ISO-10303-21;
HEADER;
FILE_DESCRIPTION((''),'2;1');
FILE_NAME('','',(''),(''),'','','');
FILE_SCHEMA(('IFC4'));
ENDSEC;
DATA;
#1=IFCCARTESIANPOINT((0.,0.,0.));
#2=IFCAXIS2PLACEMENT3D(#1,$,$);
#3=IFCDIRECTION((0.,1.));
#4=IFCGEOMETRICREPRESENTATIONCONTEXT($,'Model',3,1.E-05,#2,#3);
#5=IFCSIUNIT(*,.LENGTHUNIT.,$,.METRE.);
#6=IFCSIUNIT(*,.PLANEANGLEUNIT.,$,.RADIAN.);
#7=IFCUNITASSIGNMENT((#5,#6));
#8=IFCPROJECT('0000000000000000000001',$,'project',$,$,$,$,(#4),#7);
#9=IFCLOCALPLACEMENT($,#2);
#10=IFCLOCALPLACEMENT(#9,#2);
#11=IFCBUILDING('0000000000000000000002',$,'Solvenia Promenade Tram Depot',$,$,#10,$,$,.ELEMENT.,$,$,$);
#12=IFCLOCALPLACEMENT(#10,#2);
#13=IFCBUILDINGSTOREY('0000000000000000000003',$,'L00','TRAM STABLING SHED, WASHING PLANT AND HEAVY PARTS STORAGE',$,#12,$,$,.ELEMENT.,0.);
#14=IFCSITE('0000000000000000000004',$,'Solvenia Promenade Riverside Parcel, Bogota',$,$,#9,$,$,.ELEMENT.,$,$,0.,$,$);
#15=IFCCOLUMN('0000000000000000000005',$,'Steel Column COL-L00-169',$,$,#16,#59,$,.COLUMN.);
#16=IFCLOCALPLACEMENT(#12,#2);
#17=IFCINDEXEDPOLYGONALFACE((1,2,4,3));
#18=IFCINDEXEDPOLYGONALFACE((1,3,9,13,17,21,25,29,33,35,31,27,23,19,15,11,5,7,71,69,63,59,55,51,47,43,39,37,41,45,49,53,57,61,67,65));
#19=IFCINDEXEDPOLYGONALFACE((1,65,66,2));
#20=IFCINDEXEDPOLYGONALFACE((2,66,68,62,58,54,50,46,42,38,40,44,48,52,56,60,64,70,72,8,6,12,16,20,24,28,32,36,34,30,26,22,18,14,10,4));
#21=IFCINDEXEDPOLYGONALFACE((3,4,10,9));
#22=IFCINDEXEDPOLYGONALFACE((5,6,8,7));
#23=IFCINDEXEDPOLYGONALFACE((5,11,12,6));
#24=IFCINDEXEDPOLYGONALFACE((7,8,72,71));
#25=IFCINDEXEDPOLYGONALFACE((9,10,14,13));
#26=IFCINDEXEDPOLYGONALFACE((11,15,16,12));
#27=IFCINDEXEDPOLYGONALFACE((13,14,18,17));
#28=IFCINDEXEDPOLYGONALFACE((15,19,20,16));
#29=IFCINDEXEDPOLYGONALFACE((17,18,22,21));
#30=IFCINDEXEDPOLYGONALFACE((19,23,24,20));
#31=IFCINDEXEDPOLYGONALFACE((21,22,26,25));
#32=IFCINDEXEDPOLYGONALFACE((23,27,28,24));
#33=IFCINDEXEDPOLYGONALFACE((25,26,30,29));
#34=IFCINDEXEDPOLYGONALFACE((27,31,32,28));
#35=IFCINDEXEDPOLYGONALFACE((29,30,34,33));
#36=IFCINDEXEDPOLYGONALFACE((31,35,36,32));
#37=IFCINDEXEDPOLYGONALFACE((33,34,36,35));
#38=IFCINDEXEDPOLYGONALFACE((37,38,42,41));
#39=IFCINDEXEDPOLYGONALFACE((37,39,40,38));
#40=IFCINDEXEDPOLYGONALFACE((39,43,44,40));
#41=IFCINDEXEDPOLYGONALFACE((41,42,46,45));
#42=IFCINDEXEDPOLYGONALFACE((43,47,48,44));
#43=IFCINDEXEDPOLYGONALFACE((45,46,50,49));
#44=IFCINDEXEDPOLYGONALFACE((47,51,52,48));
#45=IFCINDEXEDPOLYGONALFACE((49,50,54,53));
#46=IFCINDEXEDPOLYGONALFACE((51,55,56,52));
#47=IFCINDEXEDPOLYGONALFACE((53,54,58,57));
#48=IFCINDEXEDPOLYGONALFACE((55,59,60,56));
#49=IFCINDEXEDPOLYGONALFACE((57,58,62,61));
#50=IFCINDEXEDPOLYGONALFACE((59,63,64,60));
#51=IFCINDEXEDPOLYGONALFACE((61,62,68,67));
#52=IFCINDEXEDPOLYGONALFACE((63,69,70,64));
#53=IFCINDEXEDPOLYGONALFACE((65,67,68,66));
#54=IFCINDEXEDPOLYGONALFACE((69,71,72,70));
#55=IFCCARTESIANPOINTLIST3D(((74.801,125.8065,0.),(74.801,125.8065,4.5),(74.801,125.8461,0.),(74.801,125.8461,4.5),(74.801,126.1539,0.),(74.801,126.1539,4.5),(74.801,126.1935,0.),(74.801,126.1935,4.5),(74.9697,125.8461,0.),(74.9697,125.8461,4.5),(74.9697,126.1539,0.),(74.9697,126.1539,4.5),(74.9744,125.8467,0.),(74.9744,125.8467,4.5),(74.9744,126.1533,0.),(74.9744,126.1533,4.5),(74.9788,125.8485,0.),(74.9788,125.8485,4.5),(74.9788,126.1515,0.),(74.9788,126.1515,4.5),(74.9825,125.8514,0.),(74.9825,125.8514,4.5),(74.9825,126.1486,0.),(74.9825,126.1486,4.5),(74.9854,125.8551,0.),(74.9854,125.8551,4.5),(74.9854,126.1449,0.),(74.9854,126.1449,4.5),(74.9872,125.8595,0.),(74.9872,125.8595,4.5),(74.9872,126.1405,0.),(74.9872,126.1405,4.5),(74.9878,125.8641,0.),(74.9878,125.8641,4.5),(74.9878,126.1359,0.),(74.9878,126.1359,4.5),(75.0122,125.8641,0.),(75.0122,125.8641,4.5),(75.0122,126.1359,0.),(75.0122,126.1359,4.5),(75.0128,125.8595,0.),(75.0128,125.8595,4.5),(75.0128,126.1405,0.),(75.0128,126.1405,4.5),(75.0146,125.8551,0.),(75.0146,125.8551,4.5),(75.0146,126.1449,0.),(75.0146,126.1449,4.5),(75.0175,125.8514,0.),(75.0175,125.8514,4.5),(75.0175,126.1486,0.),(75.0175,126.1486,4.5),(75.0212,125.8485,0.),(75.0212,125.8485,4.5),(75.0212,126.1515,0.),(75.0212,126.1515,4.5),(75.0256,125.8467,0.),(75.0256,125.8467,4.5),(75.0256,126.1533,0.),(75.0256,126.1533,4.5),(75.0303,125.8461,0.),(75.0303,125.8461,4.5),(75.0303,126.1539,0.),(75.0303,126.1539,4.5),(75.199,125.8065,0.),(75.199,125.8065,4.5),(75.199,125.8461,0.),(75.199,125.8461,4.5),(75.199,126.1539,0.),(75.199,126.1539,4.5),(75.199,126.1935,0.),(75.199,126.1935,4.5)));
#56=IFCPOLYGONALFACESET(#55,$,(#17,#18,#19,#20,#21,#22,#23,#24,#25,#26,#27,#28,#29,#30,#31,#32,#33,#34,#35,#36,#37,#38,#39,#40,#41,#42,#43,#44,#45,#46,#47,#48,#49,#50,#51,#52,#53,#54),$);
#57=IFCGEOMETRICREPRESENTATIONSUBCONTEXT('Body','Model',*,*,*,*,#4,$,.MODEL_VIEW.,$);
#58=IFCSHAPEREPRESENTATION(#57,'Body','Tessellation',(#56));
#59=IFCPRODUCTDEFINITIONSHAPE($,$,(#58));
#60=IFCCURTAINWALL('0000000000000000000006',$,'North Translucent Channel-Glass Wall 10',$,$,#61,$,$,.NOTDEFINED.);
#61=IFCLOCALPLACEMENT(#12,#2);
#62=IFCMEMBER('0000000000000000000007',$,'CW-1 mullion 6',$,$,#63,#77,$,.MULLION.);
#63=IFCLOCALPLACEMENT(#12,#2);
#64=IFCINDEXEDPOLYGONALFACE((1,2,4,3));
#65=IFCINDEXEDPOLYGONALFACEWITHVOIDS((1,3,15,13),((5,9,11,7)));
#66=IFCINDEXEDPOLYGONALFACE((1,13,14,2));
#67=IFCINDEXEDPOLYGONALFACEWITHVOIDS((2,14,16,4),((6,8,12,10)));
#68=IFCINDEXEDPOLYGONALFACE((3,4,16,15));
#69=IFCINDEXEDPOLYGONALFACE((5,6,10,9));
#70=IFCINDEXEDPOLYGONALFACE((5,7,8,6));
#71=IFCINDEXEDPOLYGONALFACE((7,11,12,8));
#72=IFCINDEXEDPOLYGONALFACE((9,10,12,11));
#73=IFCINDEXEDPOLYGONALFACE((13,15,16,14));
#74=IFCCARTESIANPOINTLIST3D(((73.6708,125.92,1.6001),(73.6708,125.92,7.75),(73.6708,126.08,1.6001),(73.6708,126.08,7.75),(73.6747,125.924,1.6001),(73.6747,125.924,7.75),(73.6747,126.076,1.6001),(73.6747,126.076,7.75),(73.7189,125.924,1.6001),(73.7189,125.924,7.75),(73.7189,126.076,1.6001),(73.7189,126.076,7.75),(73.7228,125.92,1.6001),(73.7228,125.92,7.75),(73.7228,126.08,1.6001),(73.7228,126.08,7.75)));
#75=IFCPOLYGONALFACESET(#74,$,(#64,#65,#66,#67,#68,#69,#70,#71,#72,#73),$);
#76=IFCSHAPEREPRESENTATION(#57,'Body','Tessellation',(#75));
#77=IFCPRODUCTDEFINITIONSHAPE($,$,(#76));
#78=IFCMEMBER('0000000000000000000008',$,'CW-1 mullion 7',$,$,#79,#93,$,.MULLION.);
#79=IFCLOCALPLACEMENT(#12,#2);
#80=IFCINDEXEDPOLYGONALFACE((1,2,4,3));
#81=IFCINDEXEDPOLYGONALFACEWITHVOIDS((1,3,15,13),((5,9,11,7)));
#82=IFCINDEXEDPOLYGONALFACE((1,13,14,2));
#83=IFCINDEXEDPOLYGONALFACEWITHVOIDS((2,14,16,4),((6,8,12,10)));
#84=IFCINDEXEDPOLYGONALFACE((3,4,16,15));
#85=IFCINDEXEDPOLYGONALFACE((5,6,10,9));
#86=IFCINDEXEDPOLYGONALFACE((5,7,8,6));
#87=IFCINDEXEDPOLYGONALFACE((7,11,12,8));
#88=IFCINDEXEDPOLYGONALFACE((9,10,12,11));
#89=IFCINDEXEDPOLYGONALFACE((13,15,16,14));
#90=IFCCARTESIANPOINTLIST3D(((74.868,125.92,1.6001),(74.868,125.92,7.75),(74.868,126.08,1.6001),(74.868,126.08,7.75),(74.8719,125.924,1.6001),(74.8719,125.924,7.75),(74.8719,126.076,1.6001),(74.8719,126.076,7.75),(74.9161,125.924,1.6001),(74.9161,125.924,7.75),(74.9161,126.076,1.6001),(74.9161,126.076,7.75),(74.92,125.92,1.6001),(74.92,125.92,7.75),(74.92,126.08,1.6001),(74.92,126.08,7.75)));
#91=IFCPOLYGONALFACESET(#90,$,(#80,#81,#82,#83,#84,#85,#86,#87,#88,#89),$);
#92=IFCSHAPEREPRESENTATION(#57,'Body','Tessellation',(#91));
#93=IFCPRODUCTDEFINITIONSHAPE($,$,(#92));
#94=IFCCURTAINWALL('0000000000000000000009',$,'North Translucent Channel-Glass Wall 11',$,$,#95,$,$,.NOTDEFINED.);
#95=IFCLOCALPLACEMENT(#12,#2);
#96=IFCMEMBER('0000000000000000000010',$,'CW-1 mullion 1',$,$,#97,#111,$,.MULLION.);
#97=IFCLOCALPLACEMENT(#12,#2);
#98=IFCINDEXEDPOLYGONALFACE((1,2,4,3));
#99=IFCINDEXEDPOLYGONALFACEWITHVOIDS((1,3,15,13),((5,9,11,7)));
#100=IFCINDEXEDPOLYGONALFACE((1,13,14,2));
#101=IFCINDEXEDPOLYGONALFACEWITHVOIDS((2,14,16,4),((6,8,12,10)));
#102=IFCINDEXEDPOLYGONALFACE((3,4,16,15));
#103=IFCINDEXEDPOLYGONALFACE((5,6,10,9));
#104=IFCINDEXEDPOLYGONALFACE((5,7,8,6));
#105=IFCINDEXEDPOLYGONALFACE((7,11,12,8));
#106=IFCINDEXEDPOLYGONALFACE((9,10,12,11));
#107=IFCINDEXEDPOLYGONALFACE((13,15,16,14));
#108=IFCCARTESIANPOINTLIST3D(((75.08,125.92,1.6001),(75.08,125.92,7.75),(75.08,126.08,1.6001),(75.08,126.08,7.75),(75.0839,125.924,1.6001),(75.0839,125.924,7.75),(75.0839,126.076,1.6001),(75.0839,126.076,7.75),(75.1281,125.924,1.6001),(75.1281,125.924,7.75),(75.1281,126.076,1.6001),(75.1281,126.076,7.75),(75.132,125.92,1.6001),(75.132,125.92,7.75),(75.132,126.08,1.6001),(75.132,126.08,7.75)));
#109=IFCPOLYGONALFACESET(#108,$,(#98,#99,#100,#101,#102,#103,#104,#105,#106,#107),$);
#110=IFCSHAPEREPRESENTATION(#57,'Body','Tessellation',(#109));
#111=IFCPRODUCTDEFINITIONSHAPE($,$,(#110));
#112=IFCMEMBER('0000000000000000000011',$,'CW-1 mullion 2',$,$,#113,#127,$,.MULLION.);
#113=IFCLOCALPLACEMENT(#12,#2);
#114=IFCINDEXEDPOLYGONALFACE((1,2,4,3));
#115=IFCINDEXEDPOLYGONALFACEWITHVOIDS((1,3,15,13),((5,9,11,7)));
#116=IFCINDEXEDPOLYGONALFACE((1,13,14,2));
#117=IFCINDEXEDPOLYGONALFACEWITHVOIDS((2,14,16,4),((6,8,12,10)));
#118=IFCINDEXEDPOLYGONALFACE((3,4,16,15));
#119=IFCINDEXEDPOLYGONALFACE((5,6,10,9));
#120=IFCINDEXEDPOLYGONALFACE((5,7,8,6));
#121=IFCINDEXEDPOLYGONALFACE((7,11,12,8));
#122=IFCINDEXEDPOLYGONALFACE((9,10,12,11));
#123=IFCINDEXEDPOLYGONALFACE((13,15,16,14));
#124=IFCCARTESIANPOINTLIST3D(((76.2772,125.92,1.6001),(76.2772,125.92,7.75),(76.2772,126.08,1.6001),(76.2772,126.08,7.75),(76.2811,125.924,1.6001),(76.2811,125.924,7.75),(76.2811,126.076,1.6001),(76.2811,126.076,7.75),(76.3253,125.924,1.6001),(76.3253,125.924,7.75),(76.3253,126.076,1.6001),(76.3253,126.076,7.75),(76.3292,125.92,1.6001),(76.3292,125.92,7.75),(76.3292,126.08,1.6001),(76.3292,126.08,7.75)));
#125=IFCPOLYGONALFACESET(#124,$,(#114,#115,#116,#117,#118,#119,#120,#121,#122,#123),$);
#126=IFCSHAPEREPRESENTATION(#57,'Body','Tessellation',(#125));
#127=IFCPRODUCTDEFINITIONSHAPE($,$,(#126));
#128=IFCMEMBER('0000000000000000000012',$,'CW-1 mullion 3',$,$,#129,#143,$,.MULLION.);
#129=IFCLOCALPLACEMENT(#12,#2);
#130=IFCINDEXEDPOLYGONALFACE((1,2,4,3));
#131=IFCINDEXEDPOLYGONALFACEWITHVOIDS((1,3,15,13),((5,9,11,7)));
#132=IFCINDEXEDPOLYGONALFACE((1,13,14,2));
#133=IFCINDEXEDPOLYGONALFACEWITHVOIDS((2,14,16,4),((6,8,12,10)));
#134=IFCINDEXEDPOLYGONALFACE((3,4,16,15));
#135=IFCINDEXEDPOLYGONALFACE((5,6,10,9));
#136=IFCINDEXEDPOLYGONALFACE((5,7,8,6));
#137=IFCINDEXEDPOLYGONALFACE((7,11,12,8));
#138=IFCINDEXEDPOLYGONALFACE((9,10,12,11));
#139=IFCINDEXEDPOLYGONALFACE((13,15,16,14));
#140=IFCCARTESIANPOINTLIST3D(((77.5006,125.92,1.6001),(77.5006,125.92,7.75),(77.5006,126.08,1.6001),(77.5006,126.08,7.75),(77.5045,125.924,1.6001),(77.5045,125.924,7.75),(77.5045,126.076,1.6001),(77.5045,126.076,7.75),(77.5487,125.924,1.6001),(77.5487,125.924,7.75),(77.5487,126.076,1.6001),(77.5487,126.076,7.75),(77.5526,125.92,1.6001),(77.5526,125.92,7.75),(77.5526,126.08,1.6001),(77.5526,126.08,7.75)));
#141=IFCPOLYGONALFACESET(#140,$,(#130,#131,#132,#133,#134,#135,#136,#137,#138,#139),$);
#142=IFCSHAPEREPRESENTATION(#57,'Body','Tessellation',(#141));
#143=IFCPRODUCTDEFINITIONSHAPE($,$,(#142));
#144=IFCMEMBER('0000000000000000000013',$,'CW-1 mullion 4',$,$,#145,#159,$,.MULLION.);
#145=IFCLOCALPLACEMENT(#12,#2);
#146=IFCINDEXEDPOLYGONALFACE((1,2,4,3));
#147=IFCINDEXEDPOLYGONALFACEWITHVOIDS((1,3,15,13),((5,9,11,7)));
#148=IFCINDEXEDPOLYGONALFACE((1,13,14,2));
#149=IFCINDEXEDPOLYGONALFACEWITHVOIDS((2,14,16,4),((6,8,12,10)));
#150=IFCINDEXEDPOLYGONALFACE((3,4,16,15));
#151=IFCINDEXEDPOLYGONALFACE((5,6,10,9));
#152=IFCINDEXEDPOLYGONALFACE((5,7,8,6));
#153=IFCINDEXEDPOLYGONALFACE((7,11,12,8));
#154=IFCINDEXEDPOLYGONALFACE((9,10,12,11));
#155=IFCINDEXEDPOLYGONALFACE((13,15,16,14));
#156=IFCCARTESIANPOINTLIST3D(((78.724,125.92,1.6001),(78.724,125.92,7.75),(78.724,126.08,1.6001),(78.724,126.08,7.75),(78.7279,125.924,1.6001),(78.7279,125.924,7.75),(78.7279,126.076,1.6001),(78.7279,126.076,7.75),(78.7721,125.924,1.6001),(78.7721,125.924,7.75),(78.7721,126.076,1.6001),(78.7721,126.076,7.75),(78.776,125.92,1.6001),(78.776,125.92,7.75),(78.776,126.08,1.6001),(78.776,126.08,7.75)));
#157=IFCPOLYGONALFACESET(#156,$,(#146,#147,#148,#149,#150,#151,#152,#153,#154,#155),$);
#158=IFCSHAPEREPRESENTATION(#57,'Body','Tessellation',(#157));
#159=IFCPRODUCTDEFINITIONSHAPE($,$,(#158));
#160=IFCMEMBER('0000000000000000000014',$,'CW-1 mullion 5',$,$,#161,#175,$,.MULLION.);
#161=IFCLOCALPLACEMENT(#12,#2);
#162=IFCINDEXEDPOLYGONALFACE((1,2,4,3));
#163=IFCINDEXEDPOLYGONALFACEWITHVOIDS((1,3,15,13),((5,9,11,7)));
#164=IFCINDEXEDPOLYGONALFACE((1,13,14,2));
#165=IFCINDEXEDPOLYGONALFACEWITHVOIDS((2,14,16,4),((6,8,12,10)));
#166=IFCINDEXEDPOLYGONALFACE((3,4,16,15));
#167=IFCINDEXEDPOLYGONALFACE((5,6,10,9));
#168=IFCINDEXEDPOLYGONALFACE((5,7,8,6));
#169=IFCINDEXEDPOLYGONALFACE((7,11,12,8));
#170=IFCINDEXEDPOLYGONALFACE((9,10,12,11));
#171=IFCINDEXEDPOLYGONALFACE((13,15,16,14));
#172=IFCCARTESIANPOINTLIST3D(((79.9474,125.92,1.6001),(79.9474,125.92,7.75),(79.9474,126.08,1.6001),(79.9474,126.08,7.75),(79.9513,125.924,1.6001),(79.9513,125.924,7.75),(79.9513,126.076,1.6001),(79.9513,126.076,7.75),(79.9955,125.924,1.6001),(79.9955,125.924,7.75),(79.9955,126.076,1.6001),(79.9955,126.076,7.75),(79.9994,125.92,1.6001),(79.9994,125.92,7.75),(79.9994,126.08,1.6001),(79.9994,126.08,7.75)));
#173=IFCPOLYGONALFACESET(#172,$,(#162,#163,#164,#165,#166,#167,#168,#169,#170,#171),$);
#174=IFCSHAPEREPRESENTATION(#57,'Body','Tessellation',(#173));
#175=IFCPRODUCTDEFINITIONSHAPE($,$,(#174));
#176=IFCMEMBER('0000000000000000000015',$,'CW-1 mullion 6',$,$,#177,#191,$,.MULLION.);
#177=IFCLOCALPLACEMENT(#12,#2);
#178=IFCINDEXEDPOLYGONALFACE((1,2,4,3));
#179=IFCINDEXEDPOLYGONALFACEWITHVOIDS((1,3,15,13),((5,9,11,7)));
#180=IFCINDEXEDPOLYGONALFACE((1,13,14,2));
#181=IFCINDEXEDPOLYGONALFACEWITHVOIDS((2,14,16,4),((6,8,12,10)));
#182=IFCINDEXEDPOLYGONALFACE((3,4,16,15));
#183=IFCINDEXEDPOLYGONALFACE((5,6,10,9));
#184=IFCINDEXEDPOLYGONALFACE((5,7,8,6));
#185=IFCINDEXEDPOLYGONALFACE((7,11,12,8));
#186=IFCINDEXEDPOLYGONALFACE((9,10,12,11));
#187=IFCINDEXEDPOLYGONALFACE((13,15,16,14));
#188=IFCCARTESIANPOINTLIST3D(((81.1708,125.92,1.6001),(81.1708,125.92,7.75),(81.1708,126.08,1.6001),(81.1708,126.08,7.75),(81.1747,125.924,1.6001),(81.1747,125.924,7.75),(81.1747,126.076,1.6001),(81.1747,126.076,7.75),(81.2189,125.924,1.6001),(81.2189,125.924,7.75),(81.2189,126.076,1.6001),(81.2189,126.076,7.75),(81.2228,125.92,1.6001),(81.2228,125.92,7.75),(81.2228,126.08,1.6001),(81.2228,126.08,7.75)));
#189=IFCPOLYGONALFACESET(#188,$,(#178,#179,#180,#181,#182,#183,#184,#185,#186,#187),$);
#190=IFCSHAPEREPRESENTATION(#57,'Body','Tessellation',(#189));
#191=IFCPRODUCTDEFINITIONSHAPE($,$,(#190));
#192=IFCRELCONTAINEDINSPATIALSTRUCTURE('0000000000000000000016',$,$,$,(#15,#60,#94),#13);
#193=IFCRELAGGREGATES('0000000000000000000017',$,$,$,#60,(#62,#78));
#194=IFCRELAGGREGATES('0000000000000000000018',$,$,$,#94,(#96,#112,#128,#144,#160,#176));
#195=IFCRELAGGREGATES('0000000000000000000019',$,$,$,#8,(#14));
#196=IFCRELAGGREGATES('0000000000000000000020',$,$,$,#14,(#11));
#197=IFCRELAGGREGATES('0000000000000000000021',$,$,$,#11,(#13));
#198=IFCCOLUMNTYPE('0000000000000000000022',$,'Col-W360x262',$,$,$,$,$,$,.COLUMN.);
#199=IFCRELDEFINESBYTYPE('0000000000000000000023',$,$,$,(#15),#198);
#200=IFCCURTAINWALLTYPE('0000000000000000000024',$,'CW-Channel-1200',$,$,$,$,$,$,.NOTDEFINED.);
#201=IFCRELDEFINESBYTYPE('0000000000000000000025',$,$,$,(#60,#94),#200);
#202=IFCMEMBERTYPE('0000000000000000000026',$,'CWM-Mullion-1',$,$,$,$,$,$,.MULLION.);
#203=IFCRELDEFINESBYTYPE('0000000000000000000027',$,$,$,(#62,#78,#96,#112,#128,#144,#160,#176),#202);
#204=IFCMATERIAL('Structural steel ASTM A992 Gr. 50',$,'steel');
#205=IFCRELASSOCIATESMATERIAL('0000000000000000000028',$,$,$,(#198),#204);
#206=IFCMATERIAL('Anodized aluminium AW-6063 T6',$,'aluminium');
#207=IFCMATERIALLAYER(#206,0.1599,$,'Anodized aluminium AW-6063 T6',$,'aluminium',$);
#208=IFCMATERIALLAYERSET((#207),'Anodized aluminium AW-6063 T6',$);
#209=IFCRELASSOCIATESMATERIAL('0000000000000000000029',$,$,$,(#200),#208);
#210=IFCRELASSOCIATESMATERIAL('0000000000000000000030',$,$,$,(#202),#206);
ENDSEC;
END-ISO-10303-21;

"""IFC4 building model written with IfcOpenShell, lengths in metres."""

from ifc_helpers import new_model, si_unit, direction, frame, origin, origin_2d, place, context, subcontext, project, spatial, hollow_rectangle, i_section, extrude, material, layer, layer_set, material_profile, profile_set, type_object, element, aggregate, save


model = new_model("IFC4")

# Units and contexts
model_context = context("Model", 3, precision=1e-05, world=origin(), true_north=direction((0.0, 1.0)))
body_context = subcontext(model_context, "Body", "Model", "MODEL_VIEW")
ifc_project = project(units=[si_unit("LENGTHUNIT", "METRE"), si_unit("PLANEANGLEUNIT", "RADIAN")], contexts=[model_context])

# Site, building, storey
site_placement = place(None, origin())
site = spatial("IfcSite", under=ifc_project, at=site_placement, Name="Solvenia Promenade Riverside Parcel, Bogota", CompositionType="ELEMENT", RefElevation=0.0)
building_placement = place(site_placement, origin())
building = spatial("IfcBuilding", under=site, at=building_placement, Name="Solvenia Promenade Tram Depot", CompositionType="ELEMENT")
storey_placement = place(building_placement, origin())
storey = spatial("IfcBuildingStorey", under=building, at=storey_placement, Name="L00", Description="TRAM STABLING SHED, WASHING PLANT AND HEAVY PARTS STORAGE", CompositionType="ELEMENT", Elevation=0.0)

# Column
ifc_material_1 = material(Name="Structural steel ASTM A992 Gr. 50", Category="steel")
ifc_material_profile_1 = material_profile(ifc_material_1, i_section(OverallWidth=0.3979, OverallDepth=0.387, WebThickness=0.0244, FlangeThickness=0.0396, FilletRadius=0.0181, at=origin_2d()), Name="W360x262", Category="steel")
ifc_profile_set_1 = profile_set([ifc_material_profile_1], Name="Structural steel ASTM A992 Gr. 50")
column_type = type_object("IfcColumnType", Name="Col-W360x262", PredefinedType="COLUMN", material=ifc_profile_set_1)
column_placement = place(storey_placement, frame((75.0, 126.0, 0.0), z_axis=(0.0, 0.0, 1.0), x_axis=(1.0, 0.0, 0.0)))
element("IfcColumn", 1, at=column_placement, inside=storey, type_object=column_type, Name="Steel Column COL-L00-169", PredefinedType="COLUMN", context=body_context, shape_type="SweptSolid", body=[
    extrude(i_section(OverallWidth=0.3979, OverallDepth=0.387, WebThickness=0.0244, FlangeThickness=0.0396, FilletRadius=0.0181, at=origin_2d()), origin(), (0.0, 0.0, 1.0), 4.5),
])

# Curtain walls, members
ifc_material_2 = material(Name="Anodized aluminium AW-6063 T6", Category="aluminium")
ifc_layer_1 = layer(ifc_material_2, 0.1599, Name="Anodized aluminium AW-6063 T6", Category="aluminium")
ifc_layer_set_1 = layer_set([ifc_layer_1], Name="Anodized aluminium AW-6063 T6")
curtain_wall_type = type_object("IfcCurtainWallType", Name="CW-Channel-1200", PredefinedType="NOTDEFINED", material=ifc_layer_set_1)
curtain_wall_1_placement = place(storey_placement, origin())
curtain_wall_1 = element("IfcCurtainWall", 2, at=curtain_wall_1_placement, inside=storey, type_object=curtain_wall_type, Name="North Translucent Channel-Glass Wall 10", PredefinedType="NOTDEFINED")
ifc_material_profile_2 = material_profile(ifc_material_2, hollow_rectangle(XDim=0.1599, YDim=0.052, WallThickness=0.0039, at=origin_2d()), Name="ALU-M1", Category="aluminium")
ifc_profile_set_2 = profile_set([ifc_material_profile_2], Name="Anodized aluminium AW-6063 T6")
member_type_1 = type_object("IfcMemberType", Name="CWM-Mullion-1", PredefinedType="MULLION", material=ifc_profile_set_2)
member_1_placement = place(storey_placement, frame((73.6968, 126.0, 1.6001), z_axis=(0.0, 0.0, 1.0), x_axis=(0.0, 1.0, 0.0)))
member_1 = element("IfcMember", 3, at=member_1_placement, type_object=member_type_1, Name="CW-1 mullion 6", PredefinedType="MULLION", context=body_context, shape_type="SweptSolid", body=[
    extrude(hollow_rectangle(XDim=0.1599, YDim=0.052, WallThickness=0.0039, at=origin_2d()), origin(), (0.0, 0.0, 1.0), 6.1499),
])
member_2_placement = place(storey_placement, frame((74.894, 126.0, 1.6001), z_axis=(0.0, 0.0, 1.0), x_axis=(0.0, 1.0, 0.0)))
member_2 = element("IfcMember", 4, at=member_2_placement, type_object=member_type_1, Name="CW-1 mullion 7", PredefinedType="MULLION", context=body_context, shape_type="SweptSolid", body=[
    extrude(hollow_rectangle(XDim=0.1599, YDim=0.052, WallThickness=0.0039, at=origin_2d()), origin(), (0.0, 0.0, 1.0), 6.1499),
])
curtain_wall_2_placement = place(storey_placement, origin())
curtain_wall_2 = element("IfcCurtainWall", 5, at=curtain_wall_2_placement, inside=storey, type_object=curtain_wall_type, Name="North Translucent Channel-Glass Wall 11", PredefinedType="NOTDEFINED")
member_3_placement = place(storey_placement, frame((75.106, 126.0, 1.6001), z_axis=(0.0, 0.0, 1.0), x_axis=(0.0, 1.0, 0.0)))
member_3 = element("IfcMember", 6, at=member_3_placement, type_object=member_type_1, Name="CW-1 mullion 1", PredefinedType="MULLION", context=body_context, shape_type="SweptSolid", body=[
    extrude(hollow_rectangle(XDim=0.1599, YDim=0.052, WallThickness=0.0039, at=origin_2d()), origin(), (0.0, 0.0, 1.0), 6.1499),
])
member_4_placement = place(storey_placement, frame((76.3032, 126.0, 1.6001), z_axis=(0.0, 0.0, 1.0), x_axis=(0.0, 1.0, 0.0)))
member_4 = element("IfcMember", 7, at=member_4_placement, type_object=member_type_1, Name="CW-1 mullion 2", PredefinedType="MULLION", context=body_context, shape_type="SweptSolid", body=[
    extrude(hollow_rectangle(XDim=0.1599, YDim=0.052, WallThickness=0.0039, at=origin_2d()), origin(), (0.0, 0.0, 1.0), 6.1499),
])
member_5_placement = place(storey_placement, frame((77.5266, 126.0, 1.6001), z_axis=(0.0, 0.0, 1.0), x_axis=(0.0, 1.0, 0.0)))
member_5 = element("IfcMember", 8, at=member_5_placement, type_object=member_type_1, Name="CW-1 mullion 3", PredefinedType="MULLION", context=body_context, shape_type="SweptSolid", body=[
    extrude(hollow_rectangle(XDim=0.1599, YDim=0.052, WallThickness=0.0039, at=origin_2d()), origin(), (0.0, 0.0, 1.0), 6.1499),
])
member_6_placement = place(storey_placement, frame((78.75, 126.0, 1.6001), z_axis=(0.0, 0.0, 1.0), x_axis=(0.0, 1.0, 0.0)))
member_6 = element("IfcMember", 9, at=member_6_placement, type_object=member_type_1, Name="CW-1 mullion 4", PredefinedType="MULLION", context=body_context, shape_type="SweptSolid", body=[
    extrude(hollow_rectangle(XDim=0.1599, YDim=0.052, WallThickness=0.0039, at=origin_2d()), origin(), (0.0, 0.0, 1.0), 6.1499),
])
member_7_placement = place(storey_placement, frame((79.9734, 126.0, 1.6001), z_axis=(0.0, 0.0, 1.0), x_axis=(0.0, 1.0, 0.0)))
member_7 = element("IfcMember", 10, at=member_7_placement, type_object=member_type_1, Name="CW-1 mullion 5", PredefinedType="MULLION", context=body_context, shape_type="SweptSolid", body=[
    extrude(hollow_rectangle(XDim=0.1599, YDim=0.052, WallThickness=0.0039, at=origin_2d()), origin(), (0.0, 0.0, 1.0), 6.1499),
])
member_8_placement = place(storey_placement, frame((81.1968, 126.0, 1.6001), z_axis=(0.0, 0.0, 1.0), x_axis=(0.0, 1.0, 0.0)))
member_8 = element("IfcMember", 11, at=member_8_placement, type_object=member_type_1, Name="CW-1 mullion 6", PredefinedType="MULLION", context=body_context, shape_type="SweptSolid", body=[
    extrude(hollow_rectangle(XDim=0.1599, YDim=0.052, WallThickness=0.0039, at=origin_2d()), origin(), (0.0, 0.0, 1.0), 6.1499),
])

aggregate(curtain_wall_1, [member_1, member_2])
aggregate(curtain_wall_2, [member_3, member_4, member_5, member_6, member_7, member_8])

save(model, "model.ifc")
